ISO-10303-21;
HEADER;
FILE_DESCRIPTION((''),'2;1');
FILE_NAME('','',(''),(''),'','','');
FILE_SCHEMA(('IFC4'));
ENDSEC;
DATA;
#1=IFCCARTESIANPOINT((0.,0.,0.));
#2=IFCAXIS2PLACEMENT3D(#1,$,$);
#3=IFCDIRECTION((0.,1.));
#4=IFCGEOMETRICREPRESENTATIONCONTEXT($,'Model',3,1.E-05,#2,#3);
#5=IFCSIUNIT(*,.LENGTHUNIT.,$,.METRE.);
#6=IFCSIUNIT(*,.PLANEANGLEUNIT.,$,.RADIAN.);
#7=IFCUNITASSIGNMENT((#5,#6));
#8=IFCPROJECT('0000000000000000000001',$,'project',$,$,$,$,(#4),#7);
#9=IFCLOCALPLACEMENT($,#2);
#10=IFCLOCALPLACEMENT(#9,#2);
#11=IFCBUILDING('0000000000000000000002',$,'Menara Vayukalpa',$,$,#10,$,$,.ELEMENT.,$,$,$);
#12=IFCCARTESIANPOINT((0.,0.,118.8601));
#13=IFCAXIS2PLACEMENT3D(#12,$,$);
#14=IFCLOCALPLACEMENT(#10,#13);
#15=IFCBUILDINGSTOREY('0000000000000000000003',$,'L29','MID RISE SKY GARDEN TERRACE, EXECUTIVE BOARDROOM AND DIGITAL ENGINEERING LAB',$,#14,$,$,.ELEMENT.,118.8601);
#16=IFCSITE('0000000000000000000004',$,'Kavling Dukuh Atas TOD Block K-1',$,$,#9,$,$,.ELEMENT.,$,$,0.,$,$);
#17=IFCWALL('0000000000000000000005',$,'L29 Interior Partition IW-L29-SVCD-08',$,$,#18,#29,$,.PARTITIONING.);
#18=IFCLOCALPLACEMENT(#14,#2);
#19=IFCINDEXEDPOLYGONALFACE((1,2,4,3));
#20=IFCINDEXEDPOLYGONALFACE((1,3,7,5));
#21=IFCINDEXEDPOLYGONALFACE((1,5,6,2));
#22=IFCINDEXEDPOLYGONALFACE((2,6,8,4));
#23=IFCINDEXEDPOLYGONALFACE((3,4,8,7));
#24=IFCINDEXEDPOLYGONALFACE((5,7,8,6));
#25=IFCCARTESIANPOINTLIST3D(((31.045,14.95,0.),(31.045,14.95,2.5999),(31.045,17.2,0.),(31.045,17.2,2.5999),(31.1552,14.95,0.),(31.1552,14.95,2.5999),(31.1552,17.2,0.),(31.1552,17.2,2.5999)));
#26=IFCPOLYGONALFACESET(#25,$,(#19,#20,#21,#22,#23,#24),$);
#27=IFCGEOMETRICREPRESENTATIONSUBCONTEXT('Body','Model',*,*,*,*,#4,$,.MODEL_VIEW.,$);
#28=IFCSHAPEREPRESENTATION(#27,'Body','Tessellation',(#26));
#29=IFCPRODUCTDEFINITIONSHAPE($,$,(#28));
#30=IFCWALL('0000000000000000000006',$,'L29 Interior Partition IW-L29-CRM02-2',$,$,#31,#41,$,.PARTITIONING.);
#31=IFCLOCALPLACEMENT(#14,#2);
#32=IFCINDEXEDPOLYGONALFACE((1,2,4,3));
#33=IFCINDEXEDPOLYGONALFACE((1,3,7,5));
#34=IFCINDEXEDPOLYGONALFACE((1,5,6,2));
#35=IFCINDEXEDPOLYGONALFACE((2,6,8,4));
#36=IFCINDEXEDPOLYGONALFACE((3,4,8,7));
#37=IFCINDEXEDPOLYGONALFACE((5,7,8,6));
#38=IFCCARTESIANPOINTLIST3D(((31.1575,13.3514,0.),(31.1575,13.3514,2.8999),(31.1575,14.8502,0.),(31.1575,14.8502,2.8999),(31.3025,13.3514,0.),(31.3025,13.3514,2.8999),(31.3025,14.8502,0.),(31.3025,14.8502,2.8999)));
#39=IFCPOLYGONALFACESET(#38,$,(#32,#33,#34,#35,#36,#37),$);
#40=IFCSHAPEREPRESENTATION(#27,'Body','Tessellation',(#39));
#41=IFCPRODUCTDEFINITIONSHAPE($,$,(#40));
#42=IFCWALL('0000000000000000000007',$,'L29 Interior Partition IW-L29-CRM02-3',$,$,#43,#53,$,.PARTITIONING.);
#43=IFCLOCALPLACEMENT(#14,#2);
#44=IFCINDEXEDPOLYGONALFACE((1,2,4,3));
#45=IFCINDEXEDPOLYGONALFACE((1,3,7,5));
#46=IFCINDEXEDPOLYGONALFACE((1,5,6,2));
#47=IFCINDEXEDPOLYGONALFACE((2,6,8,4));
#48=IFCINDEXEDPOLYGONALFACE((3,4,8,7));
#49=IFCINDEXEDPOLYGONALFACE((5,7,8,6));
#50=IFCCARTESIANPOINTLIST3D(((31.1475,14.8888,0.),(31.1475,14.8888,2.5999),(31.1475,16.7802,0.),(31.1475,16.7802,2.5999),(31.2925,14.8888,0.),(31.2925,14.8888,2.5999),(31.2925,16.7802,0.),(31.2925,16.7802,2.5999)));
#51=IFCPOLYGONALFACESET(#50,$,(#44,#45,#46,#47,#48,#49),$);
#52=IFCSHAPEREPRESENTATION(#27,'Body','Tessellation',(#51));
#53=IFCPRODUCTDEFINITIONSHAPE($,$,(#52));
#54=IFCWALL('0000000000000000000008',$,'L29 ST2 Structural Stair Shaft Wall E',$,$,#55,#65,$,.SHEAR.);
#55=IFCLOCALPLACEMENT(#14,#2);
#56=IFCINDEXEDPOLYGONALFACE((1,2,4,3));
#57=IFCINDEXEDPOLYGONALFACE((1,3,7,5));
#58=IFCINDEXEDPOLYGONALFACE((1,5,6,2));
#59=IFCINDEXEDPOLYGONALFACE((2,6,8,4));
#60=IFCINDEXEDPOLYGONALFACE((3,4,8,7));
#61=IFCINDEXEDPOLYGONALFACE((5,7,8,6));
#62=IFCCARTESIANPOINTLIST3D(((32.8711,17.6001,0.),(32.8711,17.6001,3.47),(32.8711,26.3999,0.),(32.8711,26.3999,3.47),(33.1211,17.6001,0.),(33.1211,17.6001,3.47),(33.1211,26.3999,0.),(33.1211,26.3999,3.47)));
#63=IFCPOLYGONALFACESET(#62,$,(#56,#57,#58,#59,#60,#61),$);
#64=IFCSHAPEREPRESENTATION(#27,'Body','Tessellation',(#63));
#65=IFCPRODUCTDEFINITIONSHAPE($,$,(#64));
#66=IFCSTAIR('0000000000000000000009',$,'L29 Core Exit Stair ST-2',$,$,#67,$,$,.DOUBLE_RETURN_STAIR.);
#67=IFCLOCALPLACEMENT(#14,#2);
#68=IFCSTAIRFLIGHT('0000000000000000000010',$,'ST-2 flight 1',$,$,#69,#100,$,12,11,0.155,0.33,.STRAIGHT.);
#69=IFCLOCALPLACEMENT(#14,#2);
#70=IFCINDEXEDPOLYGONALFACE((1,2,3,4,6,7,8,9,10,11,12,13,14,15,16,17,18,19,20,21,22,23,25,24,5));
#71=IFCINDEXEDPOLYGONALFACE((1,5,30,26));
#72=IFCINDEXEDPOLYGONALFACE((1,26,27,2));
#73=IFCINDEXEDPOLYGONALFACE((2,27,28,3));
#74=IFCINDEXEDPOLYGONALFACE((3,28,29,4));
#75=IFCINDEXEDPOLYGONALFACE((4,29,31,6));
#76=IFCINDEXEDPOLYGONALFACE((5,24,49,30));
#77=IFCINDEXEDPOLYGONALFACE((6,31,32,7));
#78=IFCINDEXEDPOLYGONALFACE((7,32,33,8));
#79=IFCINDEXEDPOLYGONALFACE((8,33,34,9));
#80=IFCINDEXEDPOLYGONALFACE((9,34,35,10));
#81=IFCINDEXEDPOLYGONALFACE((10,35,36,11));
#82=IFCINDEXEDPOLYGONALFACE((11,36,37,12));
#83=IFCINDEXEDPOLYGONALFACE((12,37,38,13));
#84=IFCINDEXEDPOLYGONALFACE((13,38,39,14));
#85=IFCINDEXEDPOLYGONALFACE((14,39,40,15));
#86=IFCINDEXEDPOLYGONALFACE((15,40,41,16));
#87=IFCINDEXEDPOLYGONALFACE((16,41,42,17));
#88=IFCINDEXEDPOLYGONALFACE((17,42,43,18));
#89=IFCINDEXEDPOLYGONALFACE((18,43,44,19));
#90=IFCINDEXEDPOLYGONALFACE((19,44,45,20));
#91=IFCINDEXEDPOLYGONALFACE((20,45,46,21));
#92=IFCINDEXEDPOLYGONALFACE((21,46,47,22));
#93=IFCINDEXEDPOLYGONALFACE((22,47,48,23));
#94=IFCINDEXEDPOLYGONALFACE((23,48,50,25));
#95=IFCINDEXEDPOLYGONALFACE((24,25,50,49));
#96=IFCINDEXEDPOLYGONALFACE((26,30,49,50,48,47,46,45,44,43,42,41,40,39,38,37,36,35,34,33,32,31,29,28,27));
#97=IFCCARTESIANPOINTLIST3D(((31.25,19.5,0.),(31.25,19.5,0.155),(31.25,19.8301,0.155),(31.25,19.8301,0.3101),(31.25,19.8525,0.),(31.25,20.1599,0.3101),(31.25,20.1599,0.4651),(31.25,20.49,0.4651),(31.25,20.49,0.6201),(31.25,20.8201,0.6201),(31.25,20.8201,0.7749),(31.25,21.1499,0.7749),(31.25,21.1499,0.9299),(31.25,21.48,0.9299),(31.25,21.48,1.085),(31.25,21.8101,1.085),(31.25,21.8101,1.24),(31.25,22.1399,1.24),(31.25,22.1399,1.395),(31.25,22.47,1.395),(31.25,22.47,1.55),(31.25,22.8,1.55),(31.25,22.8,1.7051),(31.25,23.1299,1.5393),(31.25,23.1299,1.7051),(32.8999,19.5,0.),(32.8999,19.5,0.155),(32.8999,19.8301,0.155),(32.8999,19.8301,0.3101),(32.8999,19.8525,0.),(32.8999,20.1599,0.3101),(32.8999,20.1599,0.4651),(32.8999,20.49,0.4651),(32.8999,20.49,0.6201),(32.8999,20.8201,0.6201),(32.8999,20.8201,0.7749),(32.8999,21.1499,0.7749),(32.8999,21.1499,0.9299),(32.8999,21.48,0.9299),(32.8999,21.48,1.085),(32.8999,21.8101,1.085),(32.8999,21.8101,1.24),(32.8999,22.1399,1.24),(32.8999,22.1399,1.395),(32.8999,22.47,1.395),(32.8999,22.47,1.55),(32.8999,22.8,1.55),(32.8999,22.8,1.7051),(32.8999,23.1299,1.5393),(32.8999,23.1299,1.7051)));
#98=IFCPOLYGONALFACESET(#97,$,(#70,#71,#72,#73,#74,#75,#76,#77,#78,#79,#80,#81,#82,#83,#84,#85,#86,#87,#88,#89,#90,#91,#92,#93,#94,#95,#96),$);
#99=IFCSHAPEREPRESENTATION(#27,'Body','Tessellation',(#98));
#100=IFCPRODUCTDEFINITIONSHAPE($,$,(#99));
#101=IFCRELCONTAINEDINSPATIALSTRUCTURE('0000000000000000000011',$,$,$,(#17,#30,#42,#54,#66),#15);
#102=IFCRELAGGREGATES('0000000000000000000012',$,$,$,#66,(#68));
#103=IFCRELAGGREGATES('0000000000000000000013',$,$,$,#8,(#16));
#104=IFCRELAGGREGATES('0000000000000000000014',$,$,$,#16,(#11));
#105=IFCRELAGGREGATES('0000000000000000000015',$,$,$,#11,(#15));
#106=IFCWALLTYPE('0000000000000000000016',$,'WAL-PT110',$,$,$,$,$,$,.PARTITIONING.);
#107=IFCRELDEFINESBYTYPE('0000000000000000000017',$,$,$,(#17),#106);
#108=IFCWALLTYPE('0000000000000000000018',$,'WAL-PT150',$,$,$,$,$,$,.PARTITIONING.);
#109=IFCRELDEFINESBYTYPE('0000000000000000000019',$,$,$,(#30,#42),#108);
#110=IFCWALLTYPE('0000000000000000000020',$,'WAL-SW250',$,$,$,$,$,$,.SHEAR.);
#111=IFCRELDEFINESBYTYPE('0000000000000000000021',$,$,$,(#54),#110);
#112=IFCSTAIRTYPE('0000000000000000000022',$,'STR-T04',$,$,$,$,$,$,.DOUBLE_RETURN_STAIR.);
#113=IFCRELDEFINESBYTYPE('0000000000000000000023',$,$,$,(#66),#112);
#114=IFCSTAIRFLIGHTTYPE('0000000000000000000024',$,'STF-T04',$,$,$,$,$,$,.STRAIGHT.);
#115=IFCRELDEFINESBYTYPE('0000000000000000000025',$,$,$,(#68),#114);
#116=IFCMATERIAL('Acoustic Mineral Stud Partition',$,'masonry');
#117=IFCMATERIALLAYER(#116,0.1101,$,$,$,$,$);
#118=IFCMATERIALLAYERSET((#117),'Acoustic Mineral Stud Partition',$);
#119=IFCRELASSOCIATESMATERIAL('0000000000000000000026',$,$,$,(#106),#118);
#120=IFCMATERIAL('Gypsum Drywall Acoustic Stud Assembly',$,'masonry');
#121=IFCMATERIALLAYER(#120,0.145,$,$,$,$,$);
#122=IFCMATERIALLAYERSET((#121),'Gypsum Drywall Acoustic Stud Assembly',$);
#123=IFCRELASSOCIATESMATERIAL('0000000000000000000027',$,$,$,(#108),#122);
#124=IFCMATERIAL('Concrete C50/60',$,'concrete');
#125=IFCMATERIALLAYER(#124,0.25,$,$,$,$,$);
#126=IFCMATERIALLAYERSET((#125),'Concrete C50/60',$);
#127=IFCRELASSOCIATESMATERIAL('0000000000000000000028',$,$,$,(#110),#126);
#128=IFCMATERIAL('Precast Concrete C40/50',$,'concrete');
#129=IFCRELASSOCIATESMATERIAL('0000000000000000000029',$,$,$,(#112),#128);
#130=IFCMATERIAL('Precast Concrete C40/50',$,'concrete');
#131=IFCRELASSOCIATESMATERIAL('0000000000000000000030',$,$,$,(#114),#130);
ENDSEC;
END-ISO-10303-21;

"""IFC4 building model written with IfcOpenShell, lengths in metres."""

from ifc_helpers import new_model, si_unit, direction, frame, frame_2d, origin, place, context, subcontext, project, spatial, polyline, rectangle, outline, extrude, material, layer, layer_set, type_object, element, aggregate, save


model = new_model("IFC4")

# Units and contexts
model_context = context("Model", 3, precision=1e-05, world=origin(), true_north=direction((0.0, 1.0)))
body_context = subcontext(model_context, "Body", "Model", "MODEL_VIEW")
ifc_project = project(units=[si_unit("LENGTHUNIT", "METRE"), si_unit("PLANEANGLEUNIT", "RADIAN")], contexts=[model_context])

# Site, building, storey
site_placement = place(None, origin())
site = spatial("IfcSite", under=ifc_project, at=site_placement, Name="Kavling Dukuh Atas TOD Block K-1", CompositionType="ELEMENT", RefElevation=0.0)
building_placement = place(site_placement, origin())
building = spatial("IfcBuilding", under=site, at=building_placement, Name="Menara Vayukalpa", CompositionType="ELEMENT")
storey_placement = place(building_placement, frame((0.0, 0.0, 118.8601)))
storey = spatial("IfcBuildingStorey", under=building, at=storey_placement, Name="L29", Description="MID RISE SKY GARDEN TERRACE, EXECUTIVE BOARDROOM AND DIGITAL ENGINEERING LAB", CompositionType="ELEMENT", Elevation=118.8601)

# Walls
ifc_material_1 = material(Name="Acoustic Mineral Stud Partition", Category="masonry")
ifc_layer_1 = layer(ifc_material_1, 0.1101)
ifc_layer_set_1 = layer_set([ifc_layer_1], Name="Acoustic Mineral Stud Partition")
wall_type_1 = type_object("IfcWallType", Name="WAL-PT110", PredefinedType="PARTITIONING", material=ifc_layer_set_1)
wall_1_placement = place(storey_placement, frame((31.1001, 14.95, 0.0), z_axis=(0.0, 0.0, 1.0), x_axis=(0.0, 1.0, 0.0)))
element("IfcWall", 1, at=wall_1_placement, inside=storey, type_object=wall_type_1, Name="L29 Interior Partition IW-L29-SVCD-08", PredefinedType="PARTITIONING", context=body_context, shape_type="SweptSolid", body=[
    extrude(rectangle(XDim=2.25, YDim=0.1101, at=frame_2d((1.125, 0.0))), origin(), (0.0, 0.0, 1.0), 2.5999),
])
ifc_material_2 = material(Name="Gypsum Drywall Acoustic Stud Assembly", Category="masonry")
ifc_layer_2 = layer(ifc_material_2, 0.145)
ifc_layer_set_2 = layer_set([ifc_layer_2], Name="Gypsum Drywall Acoustic Stud Assembly")
wall_type_2 = type_object("IfcWallType", Name="WAL-PT150", PredefinedType="PARTITIONING", material=ifc_layer_set_2)
wall_2_placement = place(storey_placement, frame((31.23, 13.3513, 0.0), z_axis=(0.0, 0.0, 1.0), x_axis=(0.0, 1.0, 0.0)))
element("IfcWall", 2, at=wall_2_placement, inside=storey, type_object=wall_type_2, Name="L29 Interior Partition IW-L29-CRM02-2", PredefinedType="PARTITIONING", context=body_context, shape_type="SweptSolid", body=[
    extrude(rectangle(XDim=1.4988, YDim=0.145, at=frame_2d((0.7495, 0.0))), origin(), (0.0, 0.0, 1.0), 2.8999),
])
wall_3_placement = place(storey_placement, frame((31.22, 14.8887, 0.0), z_axis=(0.0, 0.0, 1.0), x_axis=(0.0, 1.0, 0.0)))
element("IfcWall", 3, at=wall_3_placement, inside=storey, type_object=wall_type_2, Name="L29 Interior Partition IW-L29-CRM02-3", PredefinedType="PARTITIONING", context=body_context, shape_type="SweptSolid", body=[
    extrude(rectangle(XDim=1.8914, YDim=0.145, at=frame_2d((0.9458, 0.0))), origin(), (0.0, 0.0, 1.0), 2.5999),
])
ifc_material_3 = material(Name="Concrete C50/60", Category="concrete")
ifc_layer_3 = layer(ifc_material_3, 0.25)
ifc_layer_set_3 = layer_set([ifc_layer_3], Name="Concrete C50/60")
wall_type_3 = type_object("IfcWallType", Name="WAL-SW250", PredefinedType="SHEAR", material=ifc_layer_set_3)
wall_4_placement = place(storey_placement, frame((32.9961, 17.6001, 0.0), z_axis=(0.0, 0.0, 1.0), x_axis=(0.0, 1.0, 0.0)))
element("IfcWall", 4, at=wall_4_placement, inside=storey, type_object=wall_type_3, Name="L29 ST2 Structural Stair Shaft Wall E", PredefinedType="SHEAR", context=body_context, shape_type="SweptSolid", body=[
    extrude(rectangle(XDim=8.7998, YDim=0.25, at=frame_2d((4.3999, 0.0))), origin(), (0.0, 0.0, 1.0), 3.47),
])

# Stair, stair flight
ifc_material_4 = material(Name="Precast Concrete C40/50", Category="concrete")
stair_type = type_object("IfcStairType", Name="STR-T04", PredefinedType="DOUBLE_RETURN_STAIR", material=ifc_material_4)
stair_placement = place(storey_placement, origin())
stair = element("IfcStair", 5, at=stair_placement, inside=storey, type_object=stair_type, Name="L29 Core Exit Stair ST-2", PredefinedType="DOUBLE_RETURN_STAIR")
ifc_material_5 = material(Name="Precast Concrete C40/50", Category="concrete")
stair_flight_type = type_object("IfcStairFlightType", Name="STF-T04", PredefinedType="STRAIGHT", material=ifc_material_5)
stair_flight_placement = place(storey_placement, frame((32.075, 19.5, 0.0), z_axis=(0.0, 0.0, 1.0), x_axis=(0.0, 1.0, 0.0)))
stair_flight = element("IfcStairFlight", 6, at=stair_flight_placement, type_object=stair_flight_type, Name="ST-2 flight 1", NumberOfRisers=12, NumberOfTreads=11, PredefinedType="STRAIGHT", RiserHeight=0.155, TreadLength=0.33, context=body_context, shape_type="SweptSolid", body=[
    extrude(outline(polyline([(0.0, 0.0), (0.0, 0.155), (0.3301, 0.155), (0.3301, 0.3101), (0.6599, 0.3101), (0.6599, 0.4651), (0.99, 0.4651), (0.99, 0.6201), (1.3201, 0.6201), (1.3201, 0.7749), (1.6499, 0.7749), (1.6499, 0.9299), (1.98, 0.9299), (1.98, 1.085), (2.3101, 1.085), (2.3101, 1.24), (2.6399, 1.24), (2.6399, 1.395), (2.97, 1.395), (2.97, 1.55), (3.3, 1.55), (3.3, 1.7051), (3.6299, 1.7051), (3.6299, 1.8601), (3.6299, 1.5393), (0.3525, 0.0), (0.0, 0.0)])), frame((0.0, 0.825, 0.0), z_axis=(0.0, -1.0, 0.0), x_axis=(1.0, 0.0, 0.0)), (0.0, 0.0, 1.0), 1.6499),
])
aggregate(stair, [stair_flight])

save(model, "model.ifc")
